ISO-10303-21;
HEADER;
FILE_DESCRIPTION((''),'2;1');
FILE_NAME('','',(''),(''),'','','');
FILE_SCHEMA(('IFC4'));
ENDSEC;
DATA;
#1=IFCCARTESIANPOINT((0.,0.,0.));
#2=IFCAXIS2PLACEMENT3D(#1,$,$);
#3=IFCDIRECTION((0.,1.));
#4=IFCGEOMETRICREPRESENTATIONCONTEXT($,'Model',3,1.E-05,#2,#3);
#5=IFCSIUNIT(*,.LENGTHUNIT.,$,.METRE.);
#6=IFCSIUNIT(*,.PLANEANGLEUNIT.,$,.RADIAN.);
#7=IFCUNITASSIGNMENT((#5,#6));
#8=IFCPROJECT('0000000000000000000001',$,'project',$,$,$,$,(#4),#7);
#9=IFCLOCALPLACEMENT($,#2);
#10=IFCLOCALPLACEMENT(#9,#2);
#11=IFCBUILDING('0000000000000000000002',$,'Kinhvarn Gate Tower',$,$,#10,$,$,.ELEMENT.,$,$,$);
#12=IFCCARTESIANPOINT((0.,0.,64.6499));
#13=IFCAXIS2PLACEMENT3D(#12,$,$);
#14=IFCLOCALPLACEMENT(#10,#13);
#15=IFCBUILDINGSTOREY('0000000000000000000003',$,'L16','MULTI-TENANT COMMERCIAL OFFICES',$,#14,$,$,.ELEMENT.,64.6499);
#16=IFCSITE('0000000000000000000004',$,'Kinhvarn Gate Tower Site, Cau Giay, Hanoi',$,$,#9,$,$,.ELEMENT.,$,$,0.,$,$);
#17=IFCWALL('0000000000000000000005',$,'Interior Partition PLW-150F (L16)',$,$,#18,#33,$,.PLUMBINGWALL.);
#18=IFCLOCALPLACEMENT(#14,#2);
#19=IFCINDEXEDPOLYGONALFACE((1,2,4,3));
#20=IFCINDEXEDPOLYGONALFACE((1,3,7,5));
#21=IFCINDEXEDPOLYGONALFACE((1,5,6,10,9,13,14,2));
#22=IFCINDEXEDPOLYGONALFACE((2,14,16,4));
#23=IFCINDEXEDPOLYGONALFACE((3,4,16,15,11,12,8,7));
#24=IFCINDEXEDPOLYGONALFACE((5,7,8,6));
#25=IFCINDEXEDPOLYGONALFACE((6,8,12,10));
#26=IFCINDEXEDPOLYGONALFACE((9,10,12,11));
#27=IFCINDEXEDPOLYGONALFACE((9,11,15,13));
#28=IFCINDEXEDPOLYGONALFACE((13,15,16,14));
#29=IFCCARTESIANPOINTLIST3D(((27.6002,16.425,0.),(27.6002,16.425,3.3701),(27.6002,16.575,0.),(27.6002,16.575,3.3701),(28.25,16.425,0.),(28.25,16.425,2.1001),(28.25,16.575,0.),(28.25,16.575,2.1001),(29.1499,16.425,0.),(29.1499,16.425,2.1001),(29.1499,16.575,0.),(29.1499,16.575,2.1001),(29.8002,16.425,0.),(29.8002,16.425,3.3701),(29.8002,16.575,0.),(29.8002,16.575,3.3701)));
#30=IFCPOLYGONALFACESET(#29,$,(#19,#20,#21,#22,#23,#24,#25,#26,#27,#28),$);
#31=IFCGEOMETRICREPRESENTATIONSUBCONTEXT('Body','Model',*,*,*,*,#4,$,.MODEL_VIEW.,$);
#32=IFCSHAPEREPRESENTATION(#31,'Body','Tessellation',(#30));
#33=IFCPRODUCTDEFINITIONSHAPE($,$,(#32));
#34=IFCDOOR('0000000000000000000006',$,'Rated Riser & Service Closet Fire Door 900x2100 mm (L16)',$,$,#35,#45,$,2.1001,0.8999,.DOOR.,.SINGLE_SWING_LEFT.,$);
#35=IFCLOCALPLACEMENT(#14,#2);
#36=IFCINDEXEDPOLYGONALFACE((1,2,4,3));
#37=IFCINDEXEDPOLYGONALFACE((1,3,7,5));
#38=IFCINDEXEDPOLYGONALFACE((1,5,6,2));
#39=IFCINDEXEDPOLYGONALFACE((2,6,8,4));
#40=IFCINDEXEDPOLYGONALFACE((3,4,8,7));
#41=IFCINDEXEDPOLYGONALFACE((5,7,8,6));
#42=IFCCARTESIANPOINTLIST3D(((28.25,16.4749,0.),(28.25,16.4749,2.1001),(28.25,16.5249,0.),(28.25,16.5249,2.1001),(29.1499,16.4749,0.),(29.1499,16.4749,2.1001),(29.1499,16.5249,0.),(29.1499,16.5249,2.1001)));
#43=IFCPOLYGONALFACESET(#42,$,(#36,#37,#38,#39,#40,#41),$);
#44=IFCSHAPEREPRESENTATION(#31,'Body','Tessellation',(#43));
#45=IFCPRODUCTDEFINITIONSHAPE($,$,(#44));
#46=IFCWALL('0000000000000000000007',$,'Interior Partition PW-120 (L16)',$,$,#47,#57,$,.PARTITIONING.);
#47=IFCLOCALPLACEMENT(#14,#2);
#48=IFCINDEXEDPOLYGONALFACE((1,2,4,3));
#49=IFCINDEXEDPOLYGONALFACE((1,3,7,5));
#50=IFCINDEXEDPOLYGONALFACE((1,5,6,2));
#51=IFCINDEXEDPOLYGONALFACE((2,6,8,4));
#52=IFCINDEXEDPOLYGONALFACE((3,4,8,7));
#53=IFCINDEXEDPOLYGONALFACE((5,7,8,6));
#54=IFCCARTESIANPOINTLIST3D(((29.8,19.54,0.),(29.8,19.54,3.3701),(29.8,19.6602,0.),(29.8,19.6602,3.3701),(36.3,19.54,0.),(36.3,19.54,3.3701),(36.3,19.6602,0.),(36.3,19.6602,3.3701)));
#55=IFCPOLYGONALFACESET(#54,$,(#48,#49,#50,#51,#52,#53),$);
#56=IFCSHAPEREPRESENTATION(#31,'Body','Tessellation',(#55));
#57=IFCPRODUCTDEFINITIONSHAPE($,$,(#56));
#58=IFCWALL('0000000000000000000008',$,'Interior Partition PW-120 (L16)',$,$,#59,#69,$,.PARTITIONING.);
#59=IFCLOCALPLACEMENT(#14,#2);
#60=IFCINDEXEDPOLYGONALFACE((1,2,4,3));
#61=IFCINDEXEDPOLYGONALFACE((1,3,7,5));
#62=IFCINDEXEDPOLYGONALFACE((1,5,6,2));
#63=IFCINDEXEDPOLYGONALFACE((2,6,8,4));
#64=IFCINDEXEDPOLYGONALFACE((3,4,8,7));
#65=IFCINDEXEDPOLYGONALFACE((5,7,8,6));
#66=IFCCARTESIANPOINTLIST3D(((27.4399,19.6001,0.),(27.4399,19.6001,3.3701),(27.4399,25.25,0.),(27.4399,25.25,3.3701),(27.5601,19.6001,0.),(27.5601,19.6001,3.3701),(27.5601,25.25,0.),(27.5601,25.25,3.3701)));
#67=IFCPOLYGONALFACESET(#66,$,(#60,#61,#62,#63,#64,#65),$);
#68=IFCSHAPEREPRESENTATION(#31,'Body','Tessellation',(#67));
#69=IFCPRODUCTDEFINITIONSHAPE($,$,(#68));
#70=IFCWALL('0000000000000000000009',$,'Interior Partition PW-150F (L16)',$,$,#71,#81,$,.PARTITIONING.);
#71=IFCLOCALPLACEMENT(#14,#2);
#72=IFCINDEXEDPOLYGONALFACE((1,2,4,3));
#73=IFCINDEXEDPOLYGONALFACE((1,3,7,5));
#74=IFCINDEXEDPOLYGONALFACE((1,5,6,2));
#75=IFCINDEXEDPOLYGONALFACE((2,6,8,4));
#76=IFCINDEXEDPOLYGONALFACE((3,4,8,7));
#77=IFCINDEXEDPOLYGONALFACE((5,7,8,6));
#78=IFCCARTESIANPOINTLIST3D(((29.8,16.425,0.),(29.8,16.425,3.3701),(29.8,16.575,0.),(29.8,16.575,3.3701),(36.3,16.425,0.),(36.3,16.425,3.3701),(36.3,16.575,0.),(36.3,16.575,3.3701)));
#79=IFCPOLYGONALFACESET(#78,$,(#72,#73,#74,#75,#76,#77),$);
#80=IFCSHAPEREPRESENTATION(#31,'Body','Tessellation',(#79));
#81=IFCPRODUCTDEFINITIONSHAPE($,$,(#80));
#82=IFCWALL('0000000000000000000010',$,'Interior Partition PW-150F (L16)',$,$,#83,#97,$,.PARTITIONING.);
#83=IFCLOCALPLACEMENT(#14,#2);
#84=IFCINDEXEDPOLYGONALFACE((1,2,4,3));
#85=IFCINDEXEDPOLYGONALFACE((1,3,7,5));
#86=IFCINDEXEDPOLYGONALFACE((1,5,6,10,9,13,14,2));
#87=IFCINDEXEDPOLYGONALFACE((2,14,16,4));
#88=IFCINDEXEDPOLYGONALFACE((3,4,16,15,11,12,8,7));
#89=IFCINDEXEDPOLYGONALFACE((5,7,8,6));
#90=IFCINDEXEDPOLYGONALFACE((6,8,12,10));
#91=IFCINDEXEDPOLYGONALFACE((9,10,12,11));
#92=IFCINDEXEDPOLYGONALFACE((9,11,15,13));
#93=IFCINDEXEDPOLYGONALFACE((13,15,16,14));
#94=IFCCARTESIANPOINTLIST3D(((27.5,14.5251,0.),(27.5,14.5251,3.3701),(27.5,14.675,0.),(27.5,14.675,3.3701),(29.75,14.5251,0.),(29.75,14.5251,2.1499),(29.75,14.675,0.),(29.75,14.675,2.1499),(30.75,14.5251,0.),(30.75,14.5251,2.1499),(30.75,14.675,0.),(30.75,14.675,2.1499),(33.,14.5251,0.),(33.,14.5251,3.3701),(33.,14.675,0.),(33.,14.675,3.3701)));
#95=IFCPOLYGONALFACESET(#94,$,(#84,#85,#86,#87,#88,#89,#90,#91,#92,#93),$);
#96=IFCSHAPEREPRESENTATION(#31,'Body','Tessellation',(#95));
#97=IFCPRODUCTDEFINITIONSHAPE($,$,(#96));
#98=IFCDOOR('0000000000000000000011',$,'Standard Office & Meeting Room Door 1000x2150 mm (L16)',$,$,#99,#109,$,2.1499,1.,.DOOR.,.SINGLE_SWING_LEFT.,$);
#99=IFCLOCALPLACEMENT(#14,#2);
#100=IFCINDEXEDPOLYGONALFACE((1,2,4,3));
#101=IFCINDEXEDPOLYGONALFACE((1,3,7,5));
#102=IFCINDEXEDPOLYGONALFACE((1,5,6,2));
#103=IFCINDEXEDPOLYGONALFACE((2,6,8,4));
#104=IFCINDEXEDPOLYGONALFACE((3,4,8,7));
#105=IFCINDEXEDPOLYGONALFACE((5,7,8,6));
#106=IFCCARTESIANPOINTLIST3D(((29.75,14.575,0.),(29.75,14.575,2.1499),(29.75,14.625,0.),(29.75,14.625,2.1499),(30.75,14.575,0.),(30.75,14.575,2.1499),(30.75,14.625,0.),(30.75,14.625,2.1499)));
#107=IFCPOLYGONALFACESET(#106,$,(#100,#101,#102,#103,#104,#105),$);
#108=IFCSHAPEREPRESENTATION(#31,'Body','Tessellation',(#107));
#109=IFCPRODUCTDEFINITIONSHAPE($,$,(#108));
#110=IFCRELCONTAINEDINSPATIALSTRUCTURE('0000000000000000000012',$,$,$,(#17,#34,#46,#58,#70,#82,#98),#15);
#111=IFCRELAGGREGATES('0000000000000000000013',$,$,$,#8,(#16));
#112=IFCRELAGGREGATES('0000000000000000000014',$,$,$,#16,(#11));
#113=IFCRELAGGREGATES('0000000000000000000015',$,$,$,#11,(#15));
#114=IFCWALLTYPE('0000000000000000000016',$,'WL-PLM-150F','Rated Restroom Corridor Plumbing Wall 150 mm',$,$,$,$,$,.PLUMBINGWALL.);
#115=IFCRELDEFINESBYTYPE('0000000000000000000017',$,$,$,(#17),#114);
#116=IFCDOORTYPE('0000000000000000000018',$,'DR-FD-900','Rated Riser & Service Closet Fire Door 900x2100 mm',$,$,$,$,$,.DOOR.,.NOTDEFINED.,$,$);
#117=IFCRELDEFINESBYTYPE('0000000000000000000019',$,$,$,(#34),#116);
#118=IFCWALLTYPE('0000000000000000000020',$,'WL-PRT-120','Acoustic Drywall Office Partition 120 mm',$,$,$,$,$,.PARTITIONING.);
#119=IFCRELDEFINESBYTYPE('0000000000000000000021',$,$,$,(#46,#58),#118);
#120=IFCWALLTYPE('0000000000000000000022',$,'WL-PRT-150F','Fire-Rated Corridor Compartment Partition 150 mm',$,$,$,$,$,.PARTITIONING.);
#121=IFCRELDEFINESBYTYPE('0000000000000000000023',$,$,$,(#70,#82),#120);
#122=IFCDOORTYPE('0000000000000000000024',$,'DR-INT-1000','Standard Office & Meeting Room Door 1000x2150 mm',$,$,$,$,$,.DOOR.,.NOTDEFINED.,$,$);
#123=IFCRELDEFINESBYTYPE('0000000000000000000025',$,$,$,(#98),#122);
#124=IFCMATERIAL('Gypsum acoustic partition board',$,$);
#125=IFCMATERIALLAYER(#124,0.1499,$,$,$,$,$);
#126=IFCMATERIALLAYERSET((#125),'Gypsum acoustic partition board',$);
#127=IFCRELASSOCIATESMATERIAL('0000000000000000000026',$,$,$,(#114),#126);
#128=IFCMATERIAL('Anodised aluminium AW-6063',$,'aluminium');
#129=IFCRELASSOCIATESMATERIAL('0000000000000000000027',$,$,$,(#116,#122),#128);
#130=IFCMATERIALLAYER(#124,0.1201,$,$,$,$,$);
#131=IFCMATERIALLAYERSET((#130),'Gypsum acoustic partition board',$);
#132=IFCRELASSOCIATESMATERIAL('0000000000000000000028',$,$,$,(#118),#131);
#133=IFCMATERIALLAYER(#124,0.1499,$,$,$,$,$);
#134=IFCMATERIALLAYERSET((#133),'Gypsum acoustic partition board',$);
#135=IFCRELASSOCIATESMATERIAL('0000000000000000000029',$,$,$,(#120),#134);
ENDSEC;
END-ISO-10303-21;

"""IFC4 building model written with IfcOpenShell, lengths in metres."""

from ifc_helpers import new_model, si_unit, direction, frame, frame_2d, origin, place, context, subcontext, project, spatial, rectangle, extrude, material, layer, layer_set, type_object, element, fill, save


model = new_model("IFC4")

# Units and contexts
model_context = context("Model", 3, precision=1e-05, world=origin(), true_north=direction((0.0, 1.0)))
body_context = subcontext(model_context, "Body", "Model", "MODEL_VIEW")
ifc_project = project(units=[si_unit("LENGTHUNIT", "METRE"), si_unit("PLANEANGLEUNIT", "RADIAN")], contexts=[model_context])

# Site, building, storey
site_placement = place(None, origin())
site = spatial("IfcSite", under=ifc_project, at=site_placement, Name="Kinhvarn Gate Tower Site, Cau Giay, Hanoi", CompositionType="ELEMENT", RefElevation=0.0)
building_placement = place(site_placement, origin())
building = spatial("IfcBuilding", under=site, at=building_placement, Name="Kinhvarn Gate Tower", CompositionType="ELEMENT")
storey_placement = place(building_placement, frame((0.0, 0.0, 64.6499)))
storey = spatial("IfcBuildingStorey", under=building, at=storey_placement, Name="L16", Description="MULTI-TENANT COMMERCIAL OFFICES", CompositionType="ELEMENT", Elevation=64.6499)

# Shared definitions
ifc_material_1 = material(Name="Gypsum acoustic partition board")

# Wall, opening, door
ifc_layer_1 = layer(ifc_material_1, 0.1499)
ifc_layer_set_1 = layer_set([ifc_layer_1], Name="Gypsum acoustic partition board")
wall_type_1 = type_object("IfcWallType", Name="WL-PLM-150F", Description="Rated Restroom Corridor Plumbing Wall 150 mm", PredefinedType="PLUMBINGWALL", material=ifc_layer_set_1)
wall_1_placement = place(storey_placement, frame((27.6001, 16.5, 0.0), z_axis=(0.0, 0.0, 1.0), x_axis=(1.0, 0.0, 0.0)))
wall_1 = element("IfcWall", 1, at=wall_1_placement, inside=storey, type_object=wall_type_1, Name="Interior Partition PLW-150F (L16)", PredefinedType="PLUMBINGWALL", context=body_context, shape_type="SweptSolid", body=[
    extrude(rectangle(XDim=2.2, YDim=0.1499, at=frame_2d((1.1001, 0.0))), origin(), (0.0, 0.0, 1.0), 3.3701),
])
opening_1_placement = place(wall_1_placement, frame((0.6499, 0.0, 0.0)))
opening_1 = element("IfcOpeningElement", 2, at=opening_1_placement, cuts=wall_1, PredefinedType="OPENING", context=body_context, shape_type="SweptSolid", body=[
    extrude(rectangle(XDim=0.8999, YDim=2.1001, at=frame_2d((0.45, 1.05))), frame((0.0, 0.085, 0.0), z_axis=(0.0, -1.0, 0.0), x_axis=(1.0, 0.0, 0.0)), (0.0, 0.0, 1.0), 0.1699),
])
ifc_material_2 = material(Name="Anodised aluminium AW-6063", Category="aluminium")
door_type_1 = type_object("IfcDoorType", Name="DR-FD-900", Description="Rated Riser & Service Closet Fire Door 900x2100 mm", OperationType="NOTDEFINED", PredefinedType="DOOR", material=ifc_material_2)
door_1_placement = place(opening_1_placement, origin())
door_1 = element("IfcDoor", 3, at=door_1_placement, inside=storey, type_object=door_type_1, Name="Rated Riser & Service Closet Fire Door 900x2100 mm (L16)", OperationType="SINGLE_SWING_LEFT", OverallHeight=2.1001, OverallWidth=0.8999, PredefinedType="DOOR", context=body_context, shape_type="SweptSolid", body=[
    extrude(rectangle(XDim=0.8999, YDim=2.1001, at=frame_2d((0.45, 1.05))), frame((0.0, 0.0249, 0.0), z_axis=(0.0, -1.0, 0.0), x_axis=(1.0, 0.0, 0.0)), (0.0, 0.0, 1.0), 0.05),
])
fill(opening_1, door_1)

# Walls
ifc_layer_2 = layer(ifc_material_1, 0.1201)
ifc_layer_set_2 = layer_set([ifc_layer_2], Name="Gypsum acoustic partition board")
wall_type_2 = type_object("IfcWallType", Name="WL-PRT-120", Description="Acoustic Drywall Office Partition 120 mm", PredefinedType="PARTITIONING", material=ifc_layer_set_2)
wall_2_placement = place(storey_placement, frame((29.8, 19.6001, 0.0), z_axis=(0.0, 0.0, 1.0), x_axis=(1.0, 0.0, 0.0)))
element("IfcWall", 4, at=wall_2_placement, inside=storey, type_object=wall_type_2, Name="Interior Partition PW-120 (L16)", PredefinedType="PARTITIONING", context=body_context, shape_type="SweptSolid", body=[
    extrude(rectangle(XDim=6.5, YDim=0.1201, at=frame_2d((3.25, 0.0))), origin(), (0.0, 0.0, 1.0), 3.3701),
])
wall_3_placement = place(storey_placement, frame((27.5, 19.6001, 0.0), z_axis=(0.0, 0.0, 1.0), x_axis=(0.0, 1.0, 0.0)))
element("IfcWall", 5, at=wall_3_placement, inside=storey, type_object=wall_type_2, Name="Interior Partition PW-120 (L16)", PredefinedType="PARTITIONING", context=body_context, shape_type="SweptSolid", body=[
    extrude(rectangle(XDim=5.6499, YDim=0.1201, at=frame_2d((2.825, 0.0))), origin(), (0.0, 0.0, 1.0), 3.3701),
])
ifc_layer_3 = layer(ifc_material_1, 0.1499)
ifc_layer_set_3 = layer_set([ifc_layer_3], Name="Gypsum acoustic partition board")
wall_type_3 = type_object("IfcWallType", Name="WL-PRT-150F", Description="Fire-Rated Corridor Compartment Partition 150 mm", PredefinedType="PARTITIONING", material=ifc_layer_set_3)
wall_4_placement = place(storey_placement, frame((29.8, 16.5, 0.0), z_axis=(0.0, 0.0, 1.0), x_axis=(1.0, 0.0, 0.0)))
element("IfcWall", 6, at=wall_4_placement, inside=storey, type_object=wall_type_3, Name="Interior Partition PW-150F (L16)", PredefinedType="PARTITIONING", context=body_context, shape_type="SweptSolid", body=[
    extrude(rectangle(XDim=6.5, YDim=0.1499, at=frame_2d((3.25, 0.0))), origin(), (0.0, 0.0, 1.0), 3.3701),
])

# Wall, opening, door
wall_5_placement = place(storey_placement, frame((27.5, 14.6001, 0.0), z_axis=(0.0, 0.0, 1.0), x_axis=(1.0, 0.0, 0.0)))
wall_5 = element("IfcWall", 7, at=wall_5_placement, inside=storey, type_object=wall_type_3, Name="Interior Partition PW-150F (L16)", PredefinedType="PARTITIONING", context=body_context, shape_type="SweptSolid", body=[
    extrude(rectangle(XDim=5.5, YDim=0.1499, at=frame_2d((2.75, 0.0))), origin(), (0.0, 0.0, 1.0), 3.3701),
])
opening_2_placement = place(wall_5_placement, frame((2.25, 0.0, 0.0)))
opening_2 = element("IfcOpeningElement", 8, at=opening_2_placement, cuts=wall_5, PredefinedType="OPENING", context=body_context, shape_type="SweptSolid", body=[
    extrude(rectangle(XDim=1.0, YDim=2.1499, at=frame_2d((0.5, 1.075))), frame((0.0, 0.085, 0.0), z_axis=(0.0, -1.0, 0.0), x_axis=(1.0, 0.0, 0.0)), (0.0, 0.0, 1.0), 0.1699),
])
door_type_2 = type_object("IfcDoorType", Name="DR-INT-1000", Description="Standard Office & Meeting Room Door 1000x2150 mm", OperationType="NOTDEFINED", PredefinedType="DOOR", material=ifc_material_2)
door_2_placement = place(opening_2_placement, origin())
door_2 = element("IfcDoor", 9, at=door_2_placement, inside=storey, type_object=door_type_2, Name="Standard Office & Meeting Room Door 1000x2150 mm (L16)", OperationType="SINGLE_SWING_LEFT", OverallHeight=2.1499, OverallWidth=1.0, PredefinedType="DOOR", context=body_context, shape_type="SweptSolid", body=[
    extrude(rectangle(XDim=1.0, YDim=2.1499, at=frame_2d((0.5, 1.075))), frame((0.0, 0.0249, 0.0), z_axis=(0.0, -1.0, 0.0), x_axis=(1.0, 0.0, 0.0)), (0.0, 0.0, 1.0), 0.05),
])
fill(opening_2, door_2)

save(model, "model.ifc")
